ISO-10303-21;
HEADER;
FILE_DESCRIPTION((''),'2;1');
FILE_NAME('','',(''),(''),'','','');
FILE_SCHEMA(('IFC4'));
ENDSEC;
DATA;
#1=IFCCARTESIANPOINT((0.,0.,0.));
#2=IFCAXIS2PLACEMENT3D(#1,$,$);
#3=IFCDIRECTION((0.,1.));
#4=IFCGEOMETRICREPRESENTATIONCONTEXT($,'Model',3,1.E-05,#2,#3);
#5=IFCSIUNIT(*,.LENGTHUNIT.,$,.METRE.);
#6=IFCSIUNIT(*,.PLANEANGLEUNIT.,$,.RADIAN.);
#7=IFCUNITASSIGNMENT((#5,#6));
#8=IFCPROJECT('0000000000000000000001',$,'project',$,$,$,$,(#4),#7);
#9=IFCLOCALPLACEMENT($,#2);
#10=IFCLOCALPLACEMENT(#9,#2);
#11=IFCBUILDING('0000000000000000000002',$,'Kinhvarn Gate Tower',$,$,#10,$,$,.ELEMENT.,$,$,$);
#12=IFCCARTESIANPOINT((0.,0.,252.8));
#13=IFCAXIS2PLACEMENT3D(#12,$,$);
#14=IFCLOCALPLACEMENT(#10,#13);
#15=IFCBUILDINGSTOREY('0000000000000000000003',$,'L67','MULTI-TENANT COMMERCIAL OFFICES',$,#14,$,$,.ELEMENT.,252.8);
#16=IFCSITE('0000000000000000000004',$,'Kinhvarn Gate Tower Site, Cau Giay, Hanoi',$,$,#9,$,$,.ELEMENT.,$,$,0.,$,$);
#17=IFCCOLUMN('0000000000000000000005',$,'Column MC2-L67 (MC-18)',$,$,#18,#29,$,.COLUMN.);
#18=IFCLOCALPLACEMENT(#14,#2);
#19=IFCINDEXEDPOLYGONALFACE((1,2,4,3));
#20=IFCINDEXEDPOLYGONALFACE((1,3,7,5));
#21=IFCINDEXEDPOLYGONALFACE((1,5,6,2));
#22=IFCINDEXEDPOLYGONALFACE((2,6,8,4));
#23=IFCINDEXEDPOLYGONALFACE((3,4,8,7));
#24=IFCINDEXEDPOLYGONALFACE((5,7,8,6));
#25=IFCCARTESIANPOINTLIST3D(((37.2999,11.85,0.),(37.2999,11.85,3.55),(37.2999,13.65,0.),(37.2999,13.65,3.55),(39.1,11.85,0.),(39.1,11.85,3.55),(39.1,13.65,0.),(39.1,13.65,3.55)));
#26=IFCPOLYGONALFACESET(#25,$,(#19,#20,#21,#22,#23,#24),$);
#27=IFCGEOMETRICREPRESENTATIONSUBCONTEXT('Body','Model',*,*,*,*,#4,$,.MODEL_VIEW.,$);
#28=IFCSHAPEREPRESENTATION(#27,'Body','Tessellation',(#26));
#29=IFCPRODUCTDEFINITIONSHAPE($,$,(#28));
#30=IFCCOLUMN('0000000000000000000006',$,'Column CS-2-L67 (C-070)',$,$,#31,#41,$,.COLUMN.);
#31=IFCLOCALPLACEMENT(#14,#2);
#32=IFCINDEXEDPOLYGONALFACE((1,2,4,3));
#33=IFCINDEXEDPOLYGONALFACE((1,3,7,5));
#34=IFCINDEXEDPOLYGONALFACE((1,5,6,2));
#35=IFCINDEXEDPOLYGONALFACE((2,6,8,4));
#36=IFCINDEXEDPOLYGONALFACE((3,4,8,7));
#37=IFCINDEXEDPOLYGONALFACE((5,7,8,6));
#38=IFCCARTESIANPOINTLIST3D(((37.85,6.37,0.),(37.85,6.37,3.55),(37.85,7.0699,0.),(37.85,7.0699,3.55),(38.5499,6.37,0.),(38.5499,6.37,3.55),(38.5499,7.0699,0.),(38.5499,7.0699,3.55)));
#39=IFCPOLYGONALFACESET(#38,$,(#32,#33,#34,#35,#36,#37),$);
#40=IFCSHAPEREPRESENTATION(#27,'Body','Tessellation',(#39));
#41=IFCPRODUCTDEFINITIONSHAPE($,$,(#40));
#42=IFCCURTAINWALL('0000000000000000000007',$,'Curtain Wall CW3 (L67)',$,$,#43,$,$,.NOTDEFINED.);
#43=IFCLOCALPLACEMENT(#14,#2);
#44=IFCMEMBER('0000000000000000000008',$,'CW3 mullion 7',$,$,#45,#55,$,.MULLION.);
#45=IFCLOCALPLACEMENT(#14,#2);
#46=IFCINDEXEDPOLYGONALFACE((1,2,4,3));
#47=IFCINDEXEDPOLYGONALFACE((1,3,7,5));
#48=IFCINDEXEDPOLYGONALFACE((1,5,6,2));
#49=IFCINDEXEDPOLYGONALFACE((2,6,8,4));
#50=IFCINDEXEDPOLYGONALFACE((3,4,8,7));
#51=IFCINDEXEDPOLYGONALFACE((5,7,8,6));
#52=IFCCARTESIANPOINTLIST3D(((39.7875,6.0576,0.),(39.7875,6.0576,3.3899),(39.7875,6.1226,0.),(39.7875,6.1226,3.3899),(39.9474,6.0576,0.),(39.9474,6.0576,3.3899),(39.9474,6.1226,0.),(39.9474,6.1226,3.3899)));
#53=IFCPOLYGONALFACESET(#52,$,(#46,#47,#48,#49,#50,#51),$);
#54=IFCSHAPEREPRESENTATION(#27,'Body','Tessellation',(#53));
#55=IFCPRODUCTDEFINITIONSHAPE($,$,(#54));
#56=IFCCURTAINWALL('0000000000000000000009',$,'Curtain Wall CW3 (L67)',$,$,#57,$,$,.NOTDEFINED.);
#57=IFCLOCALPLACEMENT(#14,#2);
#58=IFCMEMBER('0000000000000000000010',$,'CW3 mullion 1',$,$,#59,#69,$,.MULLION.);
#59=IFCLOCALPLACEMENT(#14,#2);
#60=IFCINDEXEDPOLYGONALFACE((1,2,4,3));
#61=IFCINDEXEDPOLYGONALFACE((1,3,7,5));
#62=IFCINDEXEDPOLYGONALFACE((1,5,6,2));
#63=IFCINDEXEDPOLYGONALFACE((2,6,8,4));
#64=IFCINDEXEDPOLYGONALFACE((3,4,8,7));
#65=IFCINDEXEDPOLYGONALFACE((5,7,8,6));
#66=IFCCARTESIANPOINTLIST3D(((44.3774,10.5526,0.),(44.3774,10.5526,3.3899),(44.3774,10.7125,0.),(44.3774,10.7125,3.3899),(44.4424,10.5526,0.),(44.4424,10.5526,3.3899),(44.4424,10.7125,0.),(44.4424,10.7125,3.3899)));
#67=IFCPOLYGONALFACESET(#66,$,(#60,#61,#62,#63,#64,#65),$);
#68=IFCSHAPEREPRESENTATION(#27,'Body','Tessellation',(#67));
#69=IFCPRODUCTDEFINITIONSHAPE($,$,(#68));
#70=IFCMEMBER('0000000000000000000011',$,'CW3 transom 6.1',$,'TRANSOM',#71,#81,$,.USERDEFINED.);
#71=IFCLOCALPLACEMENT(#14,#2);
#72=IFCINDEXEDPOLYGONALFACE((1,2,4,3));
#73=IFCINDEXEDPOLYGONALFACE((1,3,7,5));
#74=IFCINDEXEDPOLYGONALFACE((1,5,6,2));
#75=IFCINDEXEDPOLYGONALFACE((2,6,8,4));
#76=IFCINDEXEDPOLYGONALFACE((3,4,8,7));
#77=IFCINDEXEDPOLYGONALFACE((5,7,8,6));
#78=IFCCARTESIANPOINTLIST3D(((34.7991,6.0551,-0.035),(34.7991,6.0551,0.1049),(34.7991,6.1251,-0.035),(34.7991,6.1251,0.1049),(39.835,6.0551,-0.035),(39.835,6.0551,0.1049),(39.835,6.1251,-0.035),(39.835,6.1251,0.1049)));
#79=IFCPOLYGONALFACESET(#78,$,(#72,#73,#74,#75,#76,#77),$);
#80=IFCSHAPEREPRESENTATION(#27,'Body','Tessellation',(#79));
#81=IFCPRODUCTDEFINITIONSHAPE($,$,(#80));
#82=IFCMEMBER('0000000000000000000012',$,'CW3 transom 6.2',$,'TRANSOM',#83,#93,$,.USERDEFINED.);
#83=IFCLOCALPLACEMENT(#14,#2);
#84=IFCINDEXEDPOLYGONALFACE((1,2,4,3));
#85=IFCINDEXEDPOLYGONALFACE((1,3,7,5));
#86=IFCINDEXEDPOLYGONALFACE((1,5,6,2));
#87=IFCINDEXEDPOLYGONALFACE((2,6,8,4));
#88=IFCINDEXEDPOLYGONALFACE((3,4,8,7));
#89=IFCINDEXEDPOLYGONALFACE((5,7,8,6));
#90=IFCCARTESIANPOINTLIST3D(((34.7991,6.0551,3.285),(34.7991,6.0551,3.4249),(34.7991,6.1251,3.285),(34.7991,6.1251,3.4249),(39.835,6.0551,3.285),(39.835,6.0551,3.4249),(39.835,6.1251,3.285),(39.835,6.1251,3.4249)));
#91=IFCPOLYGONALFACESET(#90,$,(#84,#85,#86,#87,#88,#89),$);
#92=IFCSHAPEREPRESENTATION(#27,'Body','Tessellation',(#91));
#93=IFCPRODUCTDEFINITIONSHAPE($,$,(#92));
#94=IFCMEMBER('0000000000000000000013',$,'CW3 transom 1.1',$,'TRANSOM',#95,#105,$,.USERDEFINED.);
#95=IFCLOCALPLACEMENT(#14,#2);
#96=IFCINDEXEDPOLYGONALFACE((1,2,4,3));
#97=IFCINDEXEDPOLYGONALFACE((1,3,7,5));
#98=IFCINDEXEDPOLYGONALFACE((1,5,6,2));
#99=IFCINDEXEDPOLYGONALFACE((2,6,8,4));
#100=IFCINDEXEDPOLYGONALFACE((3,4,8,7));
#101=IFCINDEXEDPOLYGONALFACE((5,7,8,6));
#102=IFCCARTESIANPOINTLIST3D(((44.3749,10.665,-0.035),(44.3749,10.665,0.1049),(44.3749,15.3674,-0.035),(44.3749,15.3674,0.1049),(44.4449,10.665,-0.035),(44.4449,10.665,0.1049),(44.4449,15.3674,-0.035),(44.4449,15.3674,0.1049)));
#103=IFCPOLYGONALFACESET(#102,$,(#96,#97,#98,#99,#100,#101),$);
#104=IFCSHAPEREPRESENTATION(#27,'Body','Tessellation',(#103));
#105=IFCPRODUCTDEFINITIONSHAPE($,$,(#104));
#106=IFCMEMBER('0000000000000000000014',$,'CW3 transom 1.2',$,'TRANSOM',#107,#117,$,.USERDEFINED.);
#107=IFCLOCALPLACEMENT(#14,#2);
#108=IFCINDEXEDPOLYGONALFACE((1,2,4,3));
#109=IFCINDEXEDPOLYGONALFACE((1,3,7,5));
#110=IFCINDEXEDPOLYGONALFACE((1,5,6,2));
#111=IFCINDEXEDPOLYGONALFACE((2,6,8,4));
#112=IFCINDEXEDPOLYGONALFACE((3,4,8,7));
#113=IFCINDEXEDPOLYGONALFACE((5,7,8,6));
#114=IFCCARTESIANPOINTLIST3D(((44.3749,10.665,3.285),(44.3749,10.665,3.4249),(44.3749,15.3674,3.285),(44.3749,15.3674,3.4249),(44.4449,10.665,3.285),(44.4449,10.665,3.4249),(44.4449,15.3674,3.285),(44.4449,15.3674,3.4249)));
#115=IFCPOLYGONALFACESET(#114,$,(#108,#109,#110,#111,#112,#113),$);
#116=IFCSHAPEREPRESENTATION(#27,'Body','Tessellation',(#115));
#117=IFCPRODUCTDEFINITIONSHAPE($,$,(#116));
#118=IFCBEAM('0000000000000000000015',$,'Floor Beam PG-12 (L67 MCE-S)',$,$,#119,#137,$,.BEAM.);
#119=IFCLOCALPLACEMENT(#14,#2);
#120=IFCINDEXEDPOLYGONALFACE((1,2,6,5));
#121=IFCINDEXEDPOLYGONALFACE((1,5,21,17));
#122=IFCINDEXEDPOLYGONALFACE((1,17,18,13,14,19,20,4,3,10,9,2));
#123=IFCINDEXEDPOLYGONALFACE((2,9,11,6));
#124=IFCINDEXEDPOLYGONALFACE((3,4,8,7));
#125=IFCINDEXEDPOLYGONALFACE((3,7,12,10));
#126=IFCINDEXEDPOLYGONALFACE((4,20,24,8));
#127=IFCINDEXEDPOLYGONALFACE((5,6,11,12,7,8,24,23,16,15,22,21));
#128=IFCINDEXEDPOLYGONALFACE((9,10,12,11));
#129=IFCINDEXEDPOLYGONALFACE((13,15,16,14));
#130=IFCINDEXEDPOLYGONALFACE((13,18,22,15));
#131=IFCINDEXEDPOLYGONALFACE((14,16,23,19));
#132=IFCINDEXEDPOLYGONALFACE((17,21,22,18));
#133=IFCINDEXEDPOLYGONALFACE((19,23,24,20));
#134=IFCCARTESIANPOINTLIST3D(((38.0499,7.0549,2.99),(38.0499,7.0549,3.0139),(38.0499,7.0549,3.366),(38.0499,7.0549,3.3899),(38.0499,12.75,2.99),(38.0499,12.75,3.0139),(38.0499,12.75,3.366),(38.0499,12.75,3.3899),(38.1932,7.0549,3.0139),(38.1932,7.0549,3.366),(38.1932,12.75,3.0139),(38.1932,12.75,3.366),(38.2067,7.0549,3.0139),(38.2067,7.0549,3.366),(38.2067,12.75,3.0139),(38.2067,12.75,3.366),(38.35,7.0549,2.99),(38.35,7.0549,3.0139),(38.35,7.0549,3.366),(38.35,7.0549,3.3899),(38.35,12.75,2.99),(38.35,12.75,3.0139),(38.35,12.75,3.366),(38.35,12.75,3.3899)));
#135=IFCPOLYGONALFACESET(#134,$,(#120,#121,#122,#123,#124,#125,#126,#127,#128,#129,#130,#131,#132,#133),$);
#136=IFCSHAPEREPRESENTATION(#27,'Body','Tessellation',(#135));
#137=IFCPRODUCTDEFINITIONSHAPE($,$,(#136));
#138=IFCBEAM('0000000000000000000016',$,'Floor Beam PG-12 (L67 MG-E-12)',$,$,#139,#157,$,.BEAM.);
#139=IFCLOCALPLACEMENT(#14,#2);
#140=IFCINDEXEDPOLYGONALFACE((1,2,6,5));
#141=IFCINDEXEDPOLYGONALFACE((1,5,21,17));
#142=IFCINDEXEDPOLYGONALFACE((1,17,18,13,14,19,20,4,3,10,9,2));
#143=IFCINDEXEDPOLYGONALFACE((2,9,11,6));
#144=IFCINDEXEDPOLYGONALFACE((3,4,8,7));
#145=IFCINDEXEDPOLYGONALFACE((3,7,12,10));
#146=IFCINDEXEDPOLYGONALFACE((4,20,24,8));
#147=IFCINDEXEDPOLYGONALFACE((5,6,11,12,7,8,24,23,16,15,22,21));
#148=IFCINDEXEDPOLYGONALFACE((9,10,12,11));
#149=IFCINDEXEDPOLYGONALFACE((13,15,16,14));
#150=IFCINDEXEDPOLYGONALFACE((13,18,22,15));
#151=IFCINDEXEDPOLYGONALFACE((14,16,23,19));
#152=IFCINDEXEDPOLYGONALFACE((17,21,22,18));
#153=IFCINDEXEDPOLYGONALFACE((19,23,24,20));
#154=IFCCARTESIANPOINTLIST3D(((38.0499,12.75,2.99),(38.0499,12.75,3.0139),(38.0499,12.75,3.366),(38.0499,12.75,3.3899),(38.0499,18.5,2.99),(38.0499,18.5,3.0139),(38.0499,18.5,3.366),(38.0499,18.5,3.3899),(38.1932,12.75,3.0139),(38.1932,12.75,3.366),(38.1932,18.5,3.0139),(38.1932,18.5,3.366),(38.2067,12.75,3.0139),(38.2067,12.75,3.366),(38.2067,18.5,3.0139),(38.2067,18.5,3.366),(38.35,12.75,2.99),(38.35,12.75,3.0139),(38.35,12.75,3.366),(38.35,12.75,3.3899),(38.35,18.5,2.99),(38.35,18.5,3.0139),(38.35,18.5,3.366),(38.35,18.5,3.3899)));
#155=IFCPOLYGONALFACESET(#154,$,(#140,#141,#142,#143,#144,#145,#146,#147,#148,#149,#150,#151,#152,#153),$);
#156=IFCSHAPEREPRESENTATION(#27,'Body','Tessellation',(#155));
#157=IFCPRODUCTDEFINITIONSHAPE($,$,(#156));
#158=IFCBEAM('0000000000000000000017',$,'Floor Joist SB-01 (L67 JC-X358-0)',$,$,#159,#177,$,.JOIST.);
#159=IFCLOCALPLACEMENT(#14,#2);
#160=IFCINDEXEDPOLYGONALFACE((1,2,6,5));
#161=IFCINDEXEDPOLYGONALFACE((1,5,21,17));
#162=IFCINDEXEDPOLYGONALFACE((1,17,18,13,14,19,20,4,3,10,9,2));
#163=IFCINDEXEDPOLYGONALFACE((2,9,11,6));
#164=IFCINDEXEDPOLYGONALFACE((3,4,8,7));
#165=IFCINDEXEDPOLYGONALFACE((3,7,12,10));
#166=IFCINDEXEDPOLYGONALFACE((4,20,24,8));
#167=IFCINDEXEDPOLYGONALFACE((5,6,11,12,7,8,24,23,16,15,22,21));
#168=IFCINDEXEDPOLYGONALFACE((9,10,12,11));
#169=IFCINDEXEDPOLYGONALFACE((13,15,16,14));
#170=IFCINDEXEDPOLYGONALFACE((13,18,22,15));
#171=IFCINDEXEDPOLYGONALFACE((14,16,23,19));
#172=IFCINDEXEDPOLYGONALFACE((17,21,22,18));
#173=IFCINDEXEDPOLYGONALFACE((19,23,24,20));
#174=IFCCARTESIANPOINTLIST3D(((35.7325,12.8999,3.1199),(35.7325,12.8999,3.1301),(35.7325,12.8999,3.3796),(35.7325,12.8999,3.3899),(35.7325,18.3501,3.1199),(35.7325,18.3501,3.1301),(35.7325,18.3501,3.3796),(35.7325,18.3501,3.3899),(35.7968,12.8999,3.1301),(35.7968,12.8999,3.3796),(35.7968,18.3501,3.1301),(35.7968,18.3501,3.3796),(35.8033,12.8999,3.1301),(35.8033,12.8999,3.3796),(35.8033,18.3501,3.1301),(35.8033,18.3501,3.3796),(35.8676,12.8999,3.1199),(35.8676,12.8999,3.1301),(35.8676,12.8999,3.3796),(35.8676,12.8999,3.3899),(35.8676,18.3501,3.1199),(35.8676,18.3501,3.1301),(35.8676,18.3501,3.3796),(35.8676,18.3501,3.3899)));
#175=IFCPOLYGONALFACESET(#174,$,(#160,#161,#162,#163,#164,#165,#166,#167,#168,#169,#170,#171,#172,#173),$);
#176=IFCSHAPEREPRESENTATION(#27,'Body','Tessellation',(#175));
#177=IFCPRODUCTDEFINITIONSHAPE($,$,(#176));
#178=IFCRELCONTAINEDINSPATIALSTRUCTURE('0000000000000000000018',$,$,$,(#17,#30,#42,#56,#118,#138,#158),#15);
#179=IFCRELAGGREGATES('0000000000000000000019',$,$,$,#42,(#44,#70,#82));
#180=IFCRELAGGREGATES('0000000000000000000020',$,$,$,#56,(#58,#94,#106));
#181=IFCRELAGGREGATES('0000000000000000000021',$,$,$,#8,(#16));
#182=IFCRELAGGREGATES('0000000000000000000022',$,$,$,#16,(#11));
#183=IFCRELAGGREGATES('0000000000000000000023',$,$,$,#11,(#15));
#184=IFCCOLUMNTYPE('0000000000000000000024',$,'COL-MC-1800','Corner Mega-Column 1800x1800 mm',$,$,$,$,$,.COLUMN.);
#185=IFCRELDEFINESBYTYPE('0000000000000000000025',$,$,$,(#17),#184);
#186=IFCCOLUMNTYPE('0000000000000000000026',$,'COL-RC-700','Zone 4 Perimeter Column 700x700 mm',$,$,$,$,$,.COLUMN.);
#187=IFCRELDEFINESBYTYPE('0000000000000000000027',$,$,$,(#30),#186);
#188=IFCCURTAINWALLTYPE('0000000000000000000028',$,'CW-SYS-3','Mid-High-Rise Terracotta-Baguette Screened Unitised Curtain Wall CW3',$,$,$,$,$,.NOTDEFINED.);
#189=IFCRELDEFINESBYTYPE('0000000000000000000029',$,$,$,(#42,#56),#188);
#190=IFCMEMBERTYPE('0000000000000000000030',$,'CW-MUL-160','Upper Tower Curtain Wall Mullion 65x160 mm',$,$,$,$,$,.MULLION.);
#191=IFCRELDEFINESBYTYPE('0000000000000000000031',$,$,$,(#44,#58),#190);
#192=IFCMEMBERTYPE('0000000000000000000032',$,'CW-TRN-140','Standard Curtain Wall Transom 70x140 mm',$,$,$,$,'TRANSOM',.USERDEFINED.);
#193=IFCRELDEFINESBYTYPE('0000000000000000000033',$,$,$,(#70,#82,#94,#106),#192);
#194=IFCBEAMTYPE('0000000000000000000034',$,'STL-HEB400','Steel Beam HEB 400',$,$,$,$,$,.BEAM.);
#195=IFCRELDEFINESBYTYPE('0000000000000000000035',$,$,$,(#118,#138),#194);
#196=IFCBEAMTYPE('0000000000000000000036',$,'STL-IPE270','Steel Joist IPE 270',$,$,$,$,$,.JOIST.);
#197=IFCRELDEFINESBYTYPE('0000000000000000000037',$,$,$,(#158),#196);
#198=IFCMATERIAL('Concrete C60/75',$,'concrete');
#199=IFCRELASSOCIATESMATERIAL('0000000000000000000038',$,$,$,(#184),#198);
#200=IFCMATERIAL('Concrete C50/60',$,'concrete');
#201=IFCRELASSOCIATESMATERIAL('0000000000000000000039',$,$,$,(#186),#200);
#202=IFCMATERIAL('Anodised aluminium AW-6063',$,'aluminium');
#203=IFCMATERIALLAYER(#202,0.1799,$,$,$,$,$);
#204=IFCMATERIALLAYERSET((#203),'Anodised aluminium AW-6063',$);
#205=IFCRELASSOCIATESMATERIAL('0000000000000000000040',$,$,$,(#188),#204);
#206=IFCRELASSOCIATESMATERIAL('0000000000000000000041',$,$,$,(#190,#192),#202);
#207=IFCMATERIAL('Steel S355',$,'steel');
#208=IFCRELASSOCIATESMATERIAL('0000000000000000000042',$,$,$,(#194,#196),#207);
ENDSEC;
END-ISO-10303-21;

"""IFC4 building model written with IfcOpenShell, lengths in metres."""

from ifc_helpers import new_model, si_unit, direction, frame, origin, origin_2d, place, context, subcontext, project, spatial, rectangle, i_section, extrude, material, layer, layer_set, material_profile, profile_set, type_object, element, aggregate, save


model = new_model("IFC4")

# Units and contexts
model_context = context("Model", 3, precision=1e-05, world=origin(), true_north=direction((0.0, 1.0)))
body_context = subcontext(model_context, "Body", "Model", "MODEL_VIEW")
ifc_project = project(units=[si_unit("LENGTHUNIT", "METRE"), si_unit("PLANEANGLEUNIT", "RADIAN")], contexts=[model_context])

# Site, building, storey
site_placement = place(None, origin())
site = spatial("IfcSite", under=ifc_project, at=site_placement, Name="Kinhvarn Gate Tower Site, Cau Giay, Hanoi", CompositionType="ELEMENT", RefElevation=0.0)
building_placement = place(site_placement, origin())
building = spatial("IfcBuilding", under=site, at=building_placement, Name="Kinhvarn Gate Tower", CompositionType="ELEMENT")
storey_placement = place(building_placement, frame((0.0, 0.0, 252.8)))
storey = spatial("IfcBuildingStorey", under=building, at=storey_placement, Name="L67", Description="MULTI-TENANT COMMERCIAL OFFICES", CompositionType="ELEMENT", Elevation=252.8)

# Columns
ifc_material_1 = material(Name="Concrete C60/75", Category="concrete")
ifc_material_profile_1 = material_profile(ifc_material_1, rectangle(XDim=1.8, YDim=1.8, at=origin_2d()), Name="RC 1800x1800")
ifc_profile_set_1 = profile_set([ifc_material_profile_1], Name="Concrete C60/75")
column_type_1 = type_object("IfcColumnType", Name="COL-MC-1800", Description="Corner Mega-Column 1800x1800 mm", PredefinedType="COLUMN", material=ifc_profile_set_1)
column_1_placement = place(storey_placement, frame((38.2, 12.75, 0.0), z_axis=(0.0, 0.0, 1.0), x_axis=(1.0, 0.0, 0.0)))
element("IfcColumn", 1, at=column_1_placement, inside=storey, type_object=column_type_1, Name="Column MC2-L67 (MC-18)", PredefinedType="COLUMN", context=body_context, shape_type="SweptSolid", body=[
    extrude(rectangle(XDim=1.8, YDim=1.8, at=origin_2d()), origin(), (0.0, 0.0, 1.0), 3.55),
])
ifc_material_2 = material(Name="Concrete C50/60", Category="concrete")
ifc_material_profile_2 = material_profile(ifc_material_2, rectangle(XDim=0.7, YDim=0.7, at=origin_2d()), Name="RC 700x700")
ifc_profile_set_2 = profile_set([ifc_material_profile_2], Name="Concrete C50/60")
column_type_2 = type_object("IfcColumnType", Name="COL-RC-700", Description="Zone 4 Perimeter Column 700x700 mm", PredefinedType="COLUMN", material=ifc_profile_set_2)
column_2_placement = place(storey_placement, frame((38.2, 6.72, 0.0), z_axis=(0.0, 0.0, 1.0), x_axis=(1.0, 0.0, 0.0)))
element("IfcColumn", 2, at=column_2_placement, inside=storey, type_object=column_type_2, Name="Column CS-2-L67 (C-070)", PredefinedType="COLUMN", context=body_context, shape_type="SweptSolid", body=[
    extrude(rectangle(XDim=0.7, YDim=0.7, at=origin_2d()), origin(), (0.0, 0.0, 1.0), 3.55),
])

# Curtain walls, members
ifc_material_3 = material(Name="Anodised aluminium AW-6063", Category="aluminium")
ifc_layer_1 = layer(ifc_material_3, 0.1799)
ifc_layer_set_1 = layer_set([ifc_layer_1], Name="Anodised aluminium AW-6063")
curtain_wall_type = type_object("IfcCurtainWallType", Name="CW-SYS-3", Description="Mid-High-Rise Terracotta-Baguette Screened Unitised Curtain Wall CW3", PredefinedType="NOTDEFINED", material=ifc_layer_set_1)
curtain_wall_1_placement = place(storey_placement, origin())
curtain_wall_1 = element("IfcCurtainWall", 3, at=curtain_wall_1_placement, inside=storey, type_object=curtain_wall_type, Name="Curtain Wall CW3 (L67)", PredefinedType="NOTDEFINED")
ifc_material_profile_3 = material_profile(ifc_material_3, rectangle(XDim=0.0649, YDim=0.1599, at=origin_2d()), Name="ALU 65x160")
ifc_profile_set_3 = profile_set([ifc_material_profile_3], Name="Anodised aluminium AW-6063")
member_type_1 = type_object("IfcMemberType", Name="CW-MUL-160", Description="Upper Tower Curtain Wall Mullion 65x160 mm", PredefinedType="MULLION", material=ifc_profile_set_3)
member_1_placement = place(storey_placement, frame((39.8674, 6.0901, 0.0), z_axis=(0.0, 0.0, 1.0), x_axis=(0.0, 1.0, 0.0)))
member_1 = element("IfcMember", 4, at=member_1_placement, type_object=member_type_1, Name="CW3 mullion 7", PredefinedType="MULLION", context=body_context, shape_type="SweptSolid", body=[
    extrude(rectangle(XDim=0.0649, YDim=0.1599, at=origin_2d()), origin(), (0.0, 0.0, 1.0), 3.3899),
])
curtain_wall_2_placement = place(storey_placement, origin())
curtain_wall_2 = element("IfcCurtainWall", 5, at=curtain_wall_2_placement, inside=storey, type_object=curtain_wall_type, Name="Curtain Wall CW3 (L67)", PredefinedType="NOTDEFINED")
member_2_placement = place(storey_placement, frame((44.4099, 10.6326, 0.0), z_axis=(0.0, 0.0, 1.0), x_axis=(-1.0, 0.0, 0.0)))
member_2 = element("IfcMember", 6, at=member_2_placement, type_object=member_type_1, Name="CW3 mullion 1", PredefinedType="MULLION", context=body_context, shape_type="SweptSolid", body=[
    extrude(rectangle(XDim=0.0649, YDim=0.1599, at=origin_2d()), origin(), (0.0, 0.0, 1.0), 3.3899),
])

# Members
ifc_material_profile_4 = material_profile(ifc_material_3, rectangle(XDim=0.0701, YDim=0.1399, at=origin_2d()), Name="ALU 70x140")
ifc_profile_set_4 = profile_set([ifc_material_profile_4], Name="Anodised aluminium AW-6063")
member_type_2 = type_object("IfcMemberType", Name="CW-TRN-140", Description="Standard Curtain Wall Transom 70x140 mm", ElementType="TRANSOM", PredefinedType="USERDEFINED", material=ifc_profile_set_4)
member_3_placement = place(storey_placement, frame((34.7991, 6.0901, 0.0349), z_axis=(1.0, 0.0, 0.0), x_axis=(0.0, 1.0, 0.0)))
member_3 = element("IfcMember", 7, at=member_3_placement, type_object=member_type_2, Name="CW3 transom 6.1", ObjectType="TRANSOM", PredefinedType="USERDEFINED", context=body_context, shape_type="SweptSolid", body=[
    extrude(rectangle(XDim=0.0701, YDim=0.1399, at=origin_2d()), origin(), (0.0, 0.0, 1.0), 5.0359),
])
member_4_placement = place(storey_placement, frame((34.7991, 6.0901, 3.355), z_axis=(1.0, 0.0, 0.0), x_axis=(0.0, 1.0, 0.0)))
member_4 = element("IfcMember", 8, at=member_4_placement, type_object=member_type_2, Name="CW3 transom 6.2", ObjectType="TRANSOM", PredefinedType="USERDEFINED", context=body_context, shape_type="SweptSolid", body=[
    extrude(rectangle(XDim=0.0701, YDim=0.1399, at=origin_2d()), origin(), (0.0, 0.0, 1.0), 5.0359),
])
member_5_placement = place(storey_placement, frame((44.4099, 10.665, 0.0349), z_axis=(0.0, 1.0, 0.0), x_axis=(-1.0, 0.0, 0.0)))
member_5 = element("IfcMember", 9, at=member_5_placement, type_object=member_type_2, Name="CW3 transom 1.1", ObjectType="TRANSOM", PredefinedType="USERDEFINED", context=body_context, shape_type="SweptSolid", body=[
    extrude(rectangle(XDim=0.0701, YDim=0.1399, at=origin_2d()), origin(), (0.0, 0.0, 1.0), 4.7024),
])
member_6_placement = place(storey_placement, frame((44.4099, 10.665, 3.355), z_axis=(0.0, 1.0, 0.0), x_axis=(-1.0, 0.0, 0.0)))
member_6 = element("IfcMember", 10, at=member_6_placement, type_object=member_type_2, Name="CW3 transom 1.2", ObjectType="TRANSOM", PredefinedType="USERDEFINED", context=body_context, shape_type="SweptSolid", body=[
    extrude(rectangle(XDim=0.0701, YDim=0.1399, at=origin_2d()), origin(), (0.0, 0.0, 1.0), 4.7024),
])

# Beams
ifc_material_4 = material(Name="Steel S355", Category="steel")
ifc_material_profile_5 = material_profile(ifc_material_4, i_section(OverallWidth=0.3, OverallDepth=0.3999, WebThickness=0.0134, FlangeThickness=0.0239, at=origin_2d()), Name="HEB 400")
ifc_profile_set_5 = profile_set([ifc_material_profile_5], Name="Steel S355")
beam_type_1 = type_object("IfcBeamType", Name="STL-HEB400", Description="Steel Beam HEB 400", PredefinedType="BEAM", material=ifc_profile_set_5)
beam_1_placement = place(storey_placement, frame((38.2, 7.0549, 3.1899), z_axis=(0.0, 1.0, 0.0), x_axis=(-1.0, 0.0, 0.0)))
element("IfcBeam", 11, at=beam_1_placement, inside=storey, type_object=beam_type_1, Name="Floor Beam PG-12 (L67 MCE-S)", PredefinedType="BEAM", context=body_context, shape_type="SweptSolid", body=[
    extrude(i_section(OverallWidth=0.3, OverallDepth=0.3999, WebThickness=0.0134, FlangeThickness=0.0239, at=origin_2d()), origin(), (0.0, 0.0, 1.0), 5.6951),
])
beam_2_placement = place(storey_placement, frame((38.2, 12.75, 3.1899), z_axis=(0.0, 1.0, 0.0), x_axis=(-1.0, 0.0, 0.0)))
element("IfcBeam", 12, at=beam_2_placement, inside=storey, type_object=beam_type_1, Name="Floor Beam PG-12 (L67 MG-E-12)", PredefinedType="BEAM", context=body_context, shape_type="SweptSolid", body=[
    extrude(i_section(OverallWidth=0.3, OverallDepth=0.3999, WebThickness=0.0134, FlangeThickness=0.0239, at=origin_2d()), origin(), (0.0, 0.0, 1.0), 5.75),
])
ifc_material_profile_6 = material_profile(ifc_material_4, i_section(OverallWidth=0.135, OverallDepth=0.27, WebThickness=0.0066, FlangeThickness=0.0103, at=origin_2d()), Name="IPE 270")
ifc_profile_set_6 = profile_set([ifc_material_profile_6], Name="Steel S355")
beam_type_2 = type_object("IfcBeamType", Name="STL-IPE270", Description="Steel Joist IPE 270", PredefinedType="JOIST", material=ifc_profile_set_6)
beam_3_placement = place(storey_placement, frame((35.8, 12.8999, 3.2549), z_axis=(0.0, 1.0, 0.0), x_axis=(-1.0, 0.0, 0.0)))
element("IfcBeam", 13, at=beam_3_placement, inside=storey, type_object=beam_type_2, Name="Floor Joist SB-01 (L67 JC-X358-0)", PredefinedType="JOIST", context=body_context, shape_type="SweptSolid", body=[
    extrude(i_section(OverallWidth=0.135, OverallDepth=0.27, WebThickness=0.0066, FlangeThickness=0.0103, at=origin_2d()), origin(), (0.0, 0.0, 1.0), 5.4502),
])

aggregate(curtain_wall_1, [member_1, member_3, member_4])
aggregate(curtain_wall_2, [member_2, member_5, member_6])

save(model, "model.ifc")
